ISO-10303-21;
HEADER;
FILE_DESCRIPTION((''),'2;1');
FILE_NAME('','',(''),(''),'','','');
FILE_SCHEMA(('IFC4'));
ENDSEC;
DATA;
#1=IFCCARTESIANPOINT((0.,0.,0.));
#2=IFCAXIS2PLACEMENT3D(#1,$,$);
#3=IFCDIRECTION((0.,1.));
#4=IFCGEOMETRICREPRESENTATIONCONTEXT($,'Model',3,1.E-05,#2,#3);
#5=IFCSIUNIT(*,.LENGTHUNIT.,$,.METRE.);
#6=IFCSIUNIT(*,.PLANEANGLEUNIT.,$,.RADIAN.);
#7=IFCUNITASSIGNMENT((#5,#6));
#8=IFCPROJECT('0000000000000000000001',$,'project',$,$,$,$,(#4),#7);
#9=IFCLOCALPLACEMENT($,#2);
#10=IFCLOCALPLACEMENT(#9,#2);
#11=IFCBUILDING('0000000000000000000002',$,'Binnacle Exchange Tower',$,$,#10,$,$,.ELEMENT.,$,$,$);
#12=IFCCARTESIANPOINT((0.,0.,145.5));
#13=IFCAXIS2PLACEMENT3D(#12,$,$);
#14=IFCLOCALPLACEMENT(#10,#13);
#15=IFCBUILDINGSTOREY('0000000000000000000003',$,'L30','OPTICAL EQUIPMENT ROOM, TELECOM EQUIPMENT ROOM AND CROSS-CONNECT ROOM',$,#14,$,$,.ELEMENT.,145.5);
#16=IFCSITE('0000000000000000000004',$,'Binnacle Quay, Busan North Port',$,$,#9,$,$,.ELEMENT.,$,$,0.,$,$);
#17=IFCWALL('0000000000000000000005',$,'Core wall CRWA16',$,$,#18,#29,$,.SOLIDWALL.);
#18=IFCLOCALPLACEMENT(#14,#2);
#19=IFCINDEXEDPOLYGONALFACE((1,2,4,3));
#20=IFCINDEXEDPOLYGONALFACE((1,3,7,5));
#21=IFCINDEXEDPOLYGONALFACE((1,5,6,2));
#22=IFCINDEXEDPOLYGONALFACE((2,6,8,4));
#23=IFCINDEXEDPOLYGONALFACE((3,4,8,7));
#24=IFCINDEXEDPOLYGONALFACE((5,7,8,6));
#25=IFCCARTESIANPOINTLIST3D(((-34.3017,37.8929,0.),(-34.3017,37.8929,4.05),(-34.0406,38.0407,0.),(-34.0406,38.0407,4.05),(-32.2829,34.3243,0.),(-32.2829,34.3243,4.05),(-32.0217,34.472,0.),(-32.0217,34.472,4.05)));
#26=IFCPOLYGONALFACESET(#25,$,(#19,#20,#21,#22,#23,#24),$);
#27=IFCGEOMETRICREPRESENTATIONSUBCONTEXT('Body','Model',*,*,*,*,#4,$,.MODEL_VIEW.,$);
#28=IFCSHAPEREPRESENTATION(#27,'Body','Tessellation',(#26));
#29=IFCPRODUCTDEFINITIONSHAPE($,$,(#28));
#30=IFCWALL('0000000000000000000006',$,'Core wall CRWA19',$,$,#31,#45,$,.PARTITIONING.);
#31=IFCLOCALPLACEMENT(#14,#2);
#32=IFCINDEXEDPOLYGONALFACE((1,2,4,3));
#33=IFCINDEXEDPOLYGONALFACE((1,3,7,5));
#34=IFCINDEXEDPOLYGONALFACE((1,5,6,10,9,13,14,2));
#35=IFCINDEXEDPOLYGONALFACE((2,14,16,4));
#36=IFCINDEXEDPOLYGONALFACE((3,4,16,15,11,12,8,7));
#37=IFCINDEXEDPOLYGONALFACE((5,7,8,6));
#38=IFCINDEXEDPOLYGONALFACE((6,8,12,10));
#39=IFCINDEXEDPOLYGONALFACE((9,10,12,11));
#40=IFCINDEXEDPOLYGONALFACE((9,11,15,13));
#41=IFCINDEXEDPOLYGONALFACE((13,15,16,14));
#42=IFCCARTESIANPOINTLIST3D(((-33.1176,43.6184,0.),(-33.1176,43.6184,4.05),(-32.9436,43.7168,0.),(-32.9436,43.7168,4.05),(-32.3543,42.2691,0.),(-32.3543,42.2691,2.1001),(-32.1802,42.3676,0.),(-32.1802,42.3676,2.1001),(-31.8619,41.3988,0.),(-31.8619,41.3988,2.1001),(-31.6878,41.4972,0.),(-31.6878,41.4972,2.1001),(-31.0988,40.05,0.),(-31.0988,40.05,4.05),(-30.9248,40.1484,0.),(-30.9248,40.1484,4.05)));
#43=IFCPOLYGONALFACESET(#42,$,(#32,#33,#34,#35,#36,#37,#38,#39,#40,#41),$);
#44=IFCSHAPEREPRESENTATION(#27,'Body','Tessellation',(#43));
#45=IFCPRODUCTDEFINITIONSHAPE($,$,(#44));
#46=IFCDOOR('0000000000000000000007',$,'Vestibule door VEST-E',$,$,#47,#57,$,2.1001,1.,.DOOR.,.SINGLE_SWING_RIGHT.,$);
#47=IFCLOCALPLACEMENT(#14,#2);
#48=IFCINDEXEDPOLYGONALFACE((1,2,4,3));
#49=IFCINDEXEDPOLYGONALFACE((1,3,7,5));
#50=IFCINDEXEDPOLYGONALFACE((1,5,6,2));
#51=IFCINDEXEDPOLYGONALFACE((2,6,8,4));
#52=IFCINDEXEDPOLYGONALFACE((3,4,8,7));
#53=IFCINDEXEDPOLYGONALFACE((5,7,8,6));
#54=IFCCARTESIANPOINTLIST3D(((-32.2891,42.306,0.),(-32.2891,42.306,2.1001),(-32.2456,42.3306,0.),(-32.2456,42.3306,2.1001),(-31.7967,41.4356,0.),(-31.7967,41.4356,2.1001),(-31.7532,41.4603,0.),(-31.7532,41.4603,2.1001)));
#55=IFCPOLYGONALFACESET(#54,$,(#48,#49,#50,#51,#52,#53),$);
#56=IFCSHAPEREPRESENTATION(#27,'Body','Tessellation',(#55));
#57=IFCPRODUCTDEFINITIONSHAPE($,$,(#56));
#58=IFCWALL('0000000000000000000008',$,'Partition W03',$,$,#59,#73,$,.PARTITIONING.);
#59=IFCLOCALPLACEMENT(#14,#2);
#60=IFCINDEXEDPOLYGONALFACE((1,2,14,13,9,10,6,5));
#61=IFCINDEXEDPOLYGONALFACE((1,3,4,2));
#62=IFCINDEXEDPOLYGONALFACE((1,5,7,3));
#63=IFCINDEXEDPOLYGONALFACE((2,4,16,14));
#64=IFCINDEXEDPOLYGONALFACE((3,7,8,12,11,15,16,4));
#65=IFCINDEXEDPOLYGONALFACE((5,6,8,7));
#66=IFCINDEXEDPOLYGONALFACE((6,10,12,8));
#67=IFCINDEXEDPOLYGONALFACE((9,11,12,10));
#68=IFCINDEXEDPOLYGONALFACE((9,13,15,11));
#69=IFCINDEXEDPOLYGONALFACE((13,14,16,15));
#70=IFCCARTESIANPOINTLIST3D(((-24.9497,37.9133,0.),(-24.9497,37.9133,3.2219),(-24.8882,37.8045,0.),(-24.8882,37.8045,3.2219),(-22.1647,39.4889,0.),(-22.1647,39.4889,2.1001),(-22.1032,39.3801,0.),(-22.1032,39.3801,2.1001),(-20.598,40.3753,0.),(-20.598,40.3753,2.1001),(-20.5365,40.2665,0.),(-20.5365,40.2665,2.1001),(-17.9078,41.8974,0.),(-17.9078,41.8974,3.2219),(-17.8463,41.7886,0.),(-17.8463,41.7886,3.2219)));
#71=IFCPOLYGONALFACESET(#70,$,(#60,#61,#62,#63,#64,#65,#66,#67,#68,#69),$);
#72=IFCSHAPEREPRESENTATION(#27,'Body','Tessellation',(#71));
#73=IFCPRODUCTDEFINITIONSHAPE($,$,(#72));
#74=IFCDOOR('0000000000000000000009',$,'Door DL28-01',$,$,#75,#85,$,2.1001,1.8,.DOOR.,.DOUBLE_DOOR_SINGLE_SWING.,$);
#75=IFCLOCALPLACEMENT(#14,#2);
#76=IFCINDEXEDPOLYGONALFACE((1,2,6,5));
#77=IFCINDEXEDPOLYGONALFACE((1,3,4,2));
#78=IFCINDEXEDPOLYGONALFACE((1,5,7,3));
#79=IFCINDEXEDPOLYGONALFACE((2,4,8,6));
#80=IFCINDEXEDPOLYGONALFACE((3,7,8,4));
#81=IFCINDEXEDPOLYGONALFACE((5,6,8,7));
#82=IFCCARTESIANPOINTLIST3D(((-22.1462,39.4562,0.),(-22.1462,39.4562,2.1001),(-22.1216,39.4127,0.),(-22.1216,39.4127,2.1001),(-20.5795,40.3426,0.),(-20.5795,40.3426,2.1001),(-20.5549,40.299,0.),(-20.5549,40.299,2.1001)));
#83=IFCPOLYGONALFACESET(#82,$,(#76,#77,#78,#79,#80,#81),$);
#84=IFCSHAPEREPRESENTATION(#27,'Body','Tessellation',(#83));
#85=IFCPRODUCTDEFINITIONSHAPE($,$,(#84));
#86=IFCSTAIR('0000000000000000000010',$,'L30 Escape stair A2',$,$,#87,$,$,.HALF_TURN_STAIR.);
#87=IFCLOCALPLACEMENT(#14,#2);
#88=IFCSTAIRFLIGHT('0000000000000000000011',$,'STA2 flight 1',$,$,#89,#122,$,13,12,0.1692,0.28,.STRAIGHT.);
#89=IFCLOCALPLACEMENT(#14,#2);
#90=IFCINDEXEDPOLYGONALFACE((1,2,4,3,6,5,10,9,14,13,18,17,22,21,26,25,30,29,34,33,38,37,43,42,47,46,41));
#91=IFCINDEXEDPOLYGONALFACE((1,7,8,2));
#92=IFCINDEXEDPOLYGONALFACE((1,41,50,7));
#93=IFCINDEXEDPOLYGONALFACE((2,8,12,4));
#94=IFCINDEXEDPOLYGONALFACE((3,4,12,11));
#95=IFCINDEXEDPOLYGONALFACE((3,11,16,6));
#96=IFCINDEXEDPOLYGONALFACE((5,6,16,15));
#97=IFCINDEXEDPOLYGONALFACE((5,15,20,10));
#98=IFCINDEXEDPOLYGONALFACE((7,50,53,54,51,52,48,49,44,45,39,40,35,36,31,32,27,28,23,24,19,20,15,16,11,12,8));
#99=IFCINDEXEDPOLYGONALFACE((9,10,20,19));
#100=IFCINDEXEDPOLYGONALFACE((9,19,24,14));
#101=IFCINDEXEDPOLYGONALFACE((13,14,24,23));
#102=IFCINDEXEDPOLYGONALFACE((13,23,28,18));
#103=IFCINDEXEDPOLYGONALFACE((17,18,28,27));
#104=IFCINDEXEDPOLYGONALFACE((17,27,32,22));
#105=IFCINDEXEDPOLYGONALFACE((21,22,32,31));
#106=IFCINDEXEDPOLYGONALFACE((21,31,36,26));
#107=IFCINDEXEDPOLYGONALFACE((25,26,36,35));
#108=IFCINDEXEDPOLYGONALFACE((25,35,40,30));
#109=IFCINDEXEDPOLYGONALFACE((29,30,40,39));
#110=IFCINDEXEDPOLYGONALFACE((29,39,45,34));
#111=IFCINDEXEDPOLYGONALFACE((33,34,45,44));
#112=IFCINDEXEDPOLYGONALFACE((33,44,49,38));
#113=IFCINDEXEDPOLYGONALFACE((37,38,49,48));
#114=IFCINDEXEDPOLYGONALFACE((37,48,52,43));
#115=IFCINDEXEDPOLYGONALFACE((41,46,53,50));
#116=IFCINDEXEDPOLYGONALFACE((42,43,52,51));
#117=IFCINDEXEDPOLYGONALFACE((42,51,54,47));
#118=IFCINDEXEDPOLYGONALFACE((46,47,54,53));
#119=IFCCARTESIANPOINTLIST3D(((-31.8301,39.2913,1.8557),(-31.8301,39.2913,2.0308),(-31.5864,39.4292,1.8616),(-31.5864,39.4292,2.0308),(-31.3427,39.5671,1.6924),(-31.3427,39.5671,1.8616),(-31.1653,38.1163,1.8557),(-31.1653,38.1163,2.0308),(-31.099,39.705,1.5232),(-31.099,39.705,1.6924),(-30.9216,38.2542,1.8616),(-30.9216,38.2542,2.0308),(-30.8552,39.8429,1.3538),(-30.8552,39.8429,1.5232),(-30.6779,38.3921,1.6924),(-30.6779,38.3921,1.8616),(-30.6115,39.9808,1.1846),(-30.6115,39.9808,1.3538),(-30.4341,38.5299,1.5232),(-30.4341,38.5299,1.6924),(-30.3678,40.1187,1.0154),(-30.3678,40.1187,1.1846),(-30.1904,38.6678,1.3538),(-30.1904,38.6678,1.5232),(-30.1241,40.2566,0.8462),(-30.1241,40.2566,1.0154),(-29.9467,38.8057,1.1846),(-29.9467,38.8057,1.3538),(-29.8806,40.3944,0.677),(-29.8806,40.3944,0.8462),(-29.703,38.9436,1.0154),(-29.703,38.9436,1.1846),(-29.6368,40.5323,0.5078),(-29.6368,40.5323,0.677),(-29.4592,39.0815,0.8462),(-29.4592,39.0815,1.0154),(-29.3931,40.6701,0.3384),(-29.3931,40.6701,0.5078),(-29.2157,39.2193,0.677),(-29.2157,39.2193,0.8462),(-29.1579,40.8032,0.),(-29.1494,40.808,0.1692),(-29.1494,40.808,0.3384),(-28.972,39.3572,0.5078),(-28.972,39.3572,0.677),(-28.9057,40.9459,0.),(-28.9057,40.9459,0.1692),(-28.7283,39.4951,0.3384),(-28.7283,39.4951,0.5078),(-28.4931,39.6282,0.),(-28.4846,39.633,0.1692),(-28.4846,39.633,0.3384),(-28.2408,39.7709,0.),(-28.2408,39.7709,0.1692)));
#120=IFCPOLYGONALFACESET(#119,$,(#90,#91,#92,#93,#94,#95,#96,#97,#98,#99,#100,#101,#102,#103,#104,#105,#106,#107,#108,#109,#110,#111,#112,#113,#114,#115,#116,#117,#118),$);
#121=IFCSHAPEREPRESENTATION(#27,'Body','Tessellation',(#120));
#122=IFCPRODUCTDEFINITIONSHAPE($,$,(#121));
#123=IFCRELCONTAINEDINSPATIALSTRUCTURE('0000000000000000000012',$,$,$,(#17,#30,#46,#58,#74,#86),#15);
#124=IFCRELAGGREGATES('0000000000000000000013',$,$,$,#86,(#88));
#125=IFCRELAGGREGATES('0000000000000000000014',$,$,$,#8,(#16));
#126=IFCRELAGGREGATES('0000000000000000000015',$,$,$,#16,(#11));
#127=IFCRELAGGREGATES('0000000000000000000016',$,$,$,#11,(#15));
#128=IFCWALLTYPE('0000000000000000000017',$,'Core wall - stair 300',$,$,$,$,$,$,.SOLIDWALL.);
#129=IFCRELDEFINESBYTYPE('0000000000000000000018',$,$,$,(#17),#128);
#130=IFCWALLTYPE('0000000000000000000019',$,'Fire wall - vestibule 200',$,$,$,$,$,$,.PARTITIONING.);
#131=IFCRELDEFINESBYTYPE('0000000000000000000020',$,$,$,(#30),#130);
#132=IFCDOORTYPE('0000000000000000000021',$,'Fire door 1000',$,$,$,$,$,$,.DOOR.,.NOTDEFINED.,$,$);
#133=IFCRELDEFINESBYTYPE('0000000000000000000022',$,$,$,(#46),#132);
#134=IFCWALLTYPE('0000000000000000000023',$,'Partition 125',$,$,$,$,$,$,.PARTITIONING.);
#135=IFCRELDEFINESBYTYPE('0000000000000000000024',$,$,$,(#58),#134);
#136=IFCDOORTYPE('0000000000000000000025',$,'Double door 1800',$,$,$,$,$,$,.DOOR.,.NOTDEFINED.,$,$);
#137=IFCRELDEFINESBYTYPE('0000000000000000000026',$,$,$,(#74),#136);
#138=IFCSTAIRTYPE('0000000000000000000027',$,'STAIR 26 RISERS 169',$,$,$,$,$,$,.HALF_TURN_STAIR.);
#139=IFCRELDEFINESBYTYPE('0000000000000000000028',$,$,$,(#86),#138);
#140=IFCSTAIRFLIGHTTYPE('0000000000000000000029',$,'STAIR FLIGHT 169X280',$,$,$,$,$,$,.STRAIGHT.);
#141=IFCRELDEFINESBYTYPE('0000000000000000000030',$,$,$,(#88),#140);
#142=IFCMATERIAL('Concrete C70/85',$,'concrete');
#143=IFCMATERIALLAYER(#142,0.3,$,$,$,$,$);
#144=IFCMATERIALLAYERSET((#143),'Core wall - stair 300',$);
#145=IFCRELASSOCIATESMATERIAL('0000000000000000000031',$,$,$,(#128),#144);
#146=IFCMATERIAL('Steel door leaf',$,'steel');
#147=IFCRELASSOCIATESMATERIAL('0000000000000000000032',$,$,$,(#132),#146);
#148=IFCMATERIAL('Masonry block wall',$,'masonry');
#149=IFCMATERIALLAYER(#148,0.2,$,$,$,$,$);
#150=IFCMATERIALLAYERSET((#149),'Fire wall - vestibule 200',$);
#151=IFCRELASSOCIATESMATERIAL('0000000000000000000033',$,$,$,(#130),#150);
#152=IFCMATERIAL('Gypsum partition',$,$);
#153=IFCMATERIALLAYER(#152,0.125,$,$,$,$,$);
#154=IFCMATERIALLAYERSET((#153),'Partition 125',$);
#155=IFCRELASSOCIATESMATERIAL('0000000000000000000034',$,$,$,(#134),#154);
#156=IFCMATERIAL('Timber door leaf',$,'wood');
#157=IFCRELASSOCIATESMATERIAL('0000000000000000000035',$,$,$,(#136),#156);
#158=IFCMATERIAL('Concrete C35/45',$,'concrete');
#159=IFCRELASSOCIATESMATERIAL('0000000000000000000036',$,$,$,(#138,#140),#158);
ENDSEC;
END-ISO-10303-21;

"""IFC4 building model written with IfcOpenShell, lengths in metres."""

from ifc_helpers import new_model, si_unit, direction, frame, frame_2d, origin, place, context, subcontext, project, spatial, polyline, rectangle, outline, extrude, material, layer, layer_set, type_object, element, fill, aggregate, save


model = new_model("IFC4")

# Units and contexts
model_context = context("Model", 3, precision=1e-05, world=origin(), true_north=direction((0.0, 1.0)))
body_context = subcontext(model_context, "Body", "Model", "MODEL_VIEW")
ifc_project = project(units=[si_unit("LENGTHUNIT", "METRE"), si_unit("PLANEANGLEUNIT", "RADIAN")], contexts=[model_context])

# Site, building, storey
site_placement = place(None, origin())
site = spatial("IfcSite", under=ifc_project, at=site_placement, Name="Binnacle Quay, Busan North Port", CompositionType="ELEMENT", RefElevation=0.0)
building_placement = place(site_placement, origin())
building = spatial("IfcBuilding", under=site, at=building_placement, Name="Binnacle Exchange Tower", CompositionType="ELEMENT")
storey_placement = place(building_placement, frame((0.0, 0.0, 145.5)))
storey = spatial("IfcBuildingStorey", under=building, at=storey_placement, Name="L30", Description="OPTICAL EQUIPMENT ROOM, TELECOM EQUIPMENT ROOM AND CROSS-CONNECT ROOM", CompositionType="ELEMENT", Elevation=145.5)

# Shared definitions
ifc_material_1 = material(Name="Concrete C70/85", Category="concrete")

# Shared definitions
ifc_material_2 = material(Name="Steel door leaf", Category="steel")

# Shared definitions
ifc_layer_1 = layer(ifc_material_1, 0.3)
ifc_layer_set_1 = layer_set([ifc_layer_1], Name="Core wall - stair 300")
wall_type_1 = type_object("IfcWallType", Name="Core wall - stair 300", PredefinedType="SOLIDWALL", material=ifc_layer_set_1)
door_type_1 = type_object("IfcDoorType", Name="Fire door 1000", OperationType="NOTDEFINED", PredefinedType="DOOR", material=ifc_material_2)

# Wall
wall_1_placement = place(storey_placement, frame((-34.1711, 37.9668, 0.0), z_axis=(0.0, 0.0, 1.0), x_axis=(0.492383, -0.870379, 0.0)))
element("IfcWall", 1, at=wall_1_placement, inside=storey, type_object=wall_type_1, Name="Core wall CRWA16", PredefinedType="SOLIDWALL", context=body_context, shape_type="SweptSolid", body=[
    extrude(rectangle(XDim=4.1001, YDim=0.3, at=frame_2d((2.05, 0.0))), origin(), (0.0, 0.0, 1.0), 4.05),
])

# Walls, openings, doors
ifc_material_3 = material(Name="Masonry block wall", Category="masonry")
ifc_layer_2 = layer(ifc_material_3, 0.2)
ifc_layer_set_2 = layer_set([ifc_layer_2], Name="Fire wall - vestibule 200")
wall_type_2 = type_object("IfcWallType", Name="Fire wall - vestibule 200", PredefinedType="PARTITIONING", material=ifc_layer_set_2)
wall_2_placement = place(storey_placement, frame((-33.0305, 43.6675, 0.0), z_axis=(0.0, 0.0, 1.0), x_axis=(0.492408, -0.870364, 0.0)))
wall_2 = element("IfcWall", 2, at=wall_2_placement, inside=storey, type_object=wall_type_2, Name="Core wall CRWA19", PredefinedType="PARTITIONING", context=body_context, shape_type="SweptSolid", body=[
    extrude(rectangle(XDim=4.0999, YDim=0.2, at=frame_2d((2.0498, 0.0))), origin(), (0.0, 0.0, 1.0), 4.05),
])
opening_1_placement = place(wall_2_placement, frame((1.55, 0.0, 0.0)))
opening_1 = element("IfcOpeningElement", 3, at=opening_1_placement, cuts=wall_2, PredefinedType="OPENING", context=body_context, shape_type="SweptSolid", body=[
    extrude(rectangle(XDim=1.0, YDim=2.1001, at=frame_2d((0.5, 1.05))), frame((0.0, 0.1099, 0.0), z_axis=(0.0, -1.0, 0.0), x_axis=(1.0, 0.0, 0.0)), (0.0, 0.0, 1.0), 0.22),
])
door_1_placement = place(opening_1_placement, origin())
door_1 = element("IfcDoor", 4, at=door_1_placement, inside=storey, type_object=door_type_1, Name="Vestibule door VEST-E", OperationType="SINGLE_SWING_RIGHT", OverallHeight=2.1001, OverallWidth=1.0, PredefinedType="DOOR", context=body_context, shape_type="SweptSolid", body=[
    extrude(rectangle(XDim=1.0, YDim=2.1001, at=frame_2d((0.5, 1.05))), frame((0.0, 0.0249, 0.0), z_axis=(0.0, -1.0, 0.0), x_axis=(1.0, 0.0, 0.0)), (0.0, 0.0, 1.0), 0.05),
])
fill(opening_1, door_1)
ifc_material_4 = material(Name="Gypsum partition")
ifc_layer_3 = layer(ifc_material_4, 0.125)
ifc_layer_set_3 = layer_set([ifc_layer_3], Name="Partition 125")
wall_type_3 = type_object("IfcWallType", Name="Partition 125", PredefinedType="PARTITIONING", material=ifc_layer_set_3)
wall_3_placement = place(storey_placement, frame((-24.9189, 37.8589, 0.0), z_axis=(0.0, 0.0, 1.0), x_axis=(0.870358, 0.49242, 0.0)))
wall_3 = element("IfcWall", 5, at=wall_3_placement, inside=storey, type_object=wall_type_3, Name="Partition W03", PredefinedType="PARTITIONING", context=body_context, shape_type="SweptSolid", body=[
    extrude(rectangle(XDim=8.0908, YDim=0.125, at=frame_2d((4.0454, 0.0))), origin(), (0.0, 0.0, 1.0), 3.2219),
])
opening_2_placement = place(wall_3_placement, frame((3.2, 0.0, 0.0)))
opening_2 = element("IfcOpeningElement", 6, at=opening_2_placement, cuts=wall_3, PredefinedType="OPENING", context=body_context, shape_type="SweptSolid", body=[
    extrude(rectangle(XDim=1.8, YDim=2.1001, at=frame_2d((0.8999, 1.05))), frame((0.0, 0.0725, 0.0), z_axis=(0.0, -1.0, 0.0), x_axis=(1.0, 0.0, 0.0)), (0.0, 0.0, 1.0), 0.145),
])
ifc_material_5 = material(Name="Timber door leaf", Category="wood")
door_type_2 = type_object("IfcDoorType", Name="Double door 1800", OperationType="NOTDEFINED", PredefinedType="DOOR", material=ifc_material_5)
door_2_placement = place(opening_2_placement, origin())
door_2 = element("IfcDoor", 7, at=door_2_placement, inside=storey, type_object=door_type_2, Name="Door DL28-01", OperationType="DOUBLE_DOOR_SINGLE_SWING", OverallHeight=2.1001, OverallWidth=1.8, PredefinedType="DOOR", context=body_context, shape_type="SweptSolid", body=[
    extrude(rectangle(XDim=1.8, YDim=2.1001, at=frame_2d((0.8999, 1.05))), frame((0.0, 0.0249, 0.0), z_axis=(0.0, -1.0, 0.0), x_axis=(1.0, 0.0, 0.0)), (0.0, 0.0, 1.0), 0.05),
])
fill(opening_2, door_2)

# Stair, stair flight
ifc_material_6 = material(Name="Concrete C35/45", Category="concrete")
stair_type = type_object("IfcStairType", Name="STAIR 26 RISERS 169", PredefinedType="HALF_TURN_STAIR", material=ifc_material_6)
stair_placement = place(storey_placement, origin())
stair = element("IfcStair", 8, at=stair_placement, inside=storey, type_object=stair_type, Name="L30 Escape stair A2", PredefinedType="HALF_TURN_STAIR")
stair_flight_type = type_object("IfcStairFlightType", Name="STAIR FLIGHT 169X280", PredefinedType="STRAIGHT", material=ifc_material_6)
stair_flight_placement = place(storey_placement, frame((-28.5732, 40.3584, 0.0), z_axis=(0.0, 0.0, 1.0), x_axis=(-0.870356, -0.492424, 0.0)))
stair_flight = element("IfcStairFlight", 9, at=stair_flight_placement, type_object=stair_flight_type, Name="STA2 flight 1", NumberOfRisers=13, NumberOfTreads=12, PredefinedType="STRAIGHT", RiserHeight=0.1692, TreadLength=0.28, context=body_context, shape_type="SweptSolid", body=[
    extrude(outline(polyline([(0.0, 0.0), (0.0, 0.1692), (0.28, 0.1692), (0.28, 0.3384), (0.5601, 0.3384), (0.5601, 0.5078), (0.8401, 0.5078), (0.8401, 0.677), (1.1201, 0.677), (1.1201, 0.8462), (1.3999, 0.8462), (1.3999, 1.0154), (1.6799, 1.0154), (1.6799, 1.1846), (1.96, 1.1846), (1.96, 1.3538), (2.24, 1.3538), (2.24, 1.5232), (2.52, 1.5232), (2.52, 1.6924), (2.8, 1.6924), (2.8, 1.8616), (3.0801, 1.8616), (3.0801, 2.0308), (3.3601, 2.0308), (3.3601, 2.2), (3.3601, 1.8557), (0.2898, 0.0), (0.0, 0.0)])), frame((0.0, 0.675, 0.0), z_axis=(0.0, -1.0, 0.0), x_axis=(1.0, 0.0, 0.0)), (0.0, 0.0, 1.0), 1.3501),
])
aggregate(stair, [stair_flight])

save(model, "model.ifc")
